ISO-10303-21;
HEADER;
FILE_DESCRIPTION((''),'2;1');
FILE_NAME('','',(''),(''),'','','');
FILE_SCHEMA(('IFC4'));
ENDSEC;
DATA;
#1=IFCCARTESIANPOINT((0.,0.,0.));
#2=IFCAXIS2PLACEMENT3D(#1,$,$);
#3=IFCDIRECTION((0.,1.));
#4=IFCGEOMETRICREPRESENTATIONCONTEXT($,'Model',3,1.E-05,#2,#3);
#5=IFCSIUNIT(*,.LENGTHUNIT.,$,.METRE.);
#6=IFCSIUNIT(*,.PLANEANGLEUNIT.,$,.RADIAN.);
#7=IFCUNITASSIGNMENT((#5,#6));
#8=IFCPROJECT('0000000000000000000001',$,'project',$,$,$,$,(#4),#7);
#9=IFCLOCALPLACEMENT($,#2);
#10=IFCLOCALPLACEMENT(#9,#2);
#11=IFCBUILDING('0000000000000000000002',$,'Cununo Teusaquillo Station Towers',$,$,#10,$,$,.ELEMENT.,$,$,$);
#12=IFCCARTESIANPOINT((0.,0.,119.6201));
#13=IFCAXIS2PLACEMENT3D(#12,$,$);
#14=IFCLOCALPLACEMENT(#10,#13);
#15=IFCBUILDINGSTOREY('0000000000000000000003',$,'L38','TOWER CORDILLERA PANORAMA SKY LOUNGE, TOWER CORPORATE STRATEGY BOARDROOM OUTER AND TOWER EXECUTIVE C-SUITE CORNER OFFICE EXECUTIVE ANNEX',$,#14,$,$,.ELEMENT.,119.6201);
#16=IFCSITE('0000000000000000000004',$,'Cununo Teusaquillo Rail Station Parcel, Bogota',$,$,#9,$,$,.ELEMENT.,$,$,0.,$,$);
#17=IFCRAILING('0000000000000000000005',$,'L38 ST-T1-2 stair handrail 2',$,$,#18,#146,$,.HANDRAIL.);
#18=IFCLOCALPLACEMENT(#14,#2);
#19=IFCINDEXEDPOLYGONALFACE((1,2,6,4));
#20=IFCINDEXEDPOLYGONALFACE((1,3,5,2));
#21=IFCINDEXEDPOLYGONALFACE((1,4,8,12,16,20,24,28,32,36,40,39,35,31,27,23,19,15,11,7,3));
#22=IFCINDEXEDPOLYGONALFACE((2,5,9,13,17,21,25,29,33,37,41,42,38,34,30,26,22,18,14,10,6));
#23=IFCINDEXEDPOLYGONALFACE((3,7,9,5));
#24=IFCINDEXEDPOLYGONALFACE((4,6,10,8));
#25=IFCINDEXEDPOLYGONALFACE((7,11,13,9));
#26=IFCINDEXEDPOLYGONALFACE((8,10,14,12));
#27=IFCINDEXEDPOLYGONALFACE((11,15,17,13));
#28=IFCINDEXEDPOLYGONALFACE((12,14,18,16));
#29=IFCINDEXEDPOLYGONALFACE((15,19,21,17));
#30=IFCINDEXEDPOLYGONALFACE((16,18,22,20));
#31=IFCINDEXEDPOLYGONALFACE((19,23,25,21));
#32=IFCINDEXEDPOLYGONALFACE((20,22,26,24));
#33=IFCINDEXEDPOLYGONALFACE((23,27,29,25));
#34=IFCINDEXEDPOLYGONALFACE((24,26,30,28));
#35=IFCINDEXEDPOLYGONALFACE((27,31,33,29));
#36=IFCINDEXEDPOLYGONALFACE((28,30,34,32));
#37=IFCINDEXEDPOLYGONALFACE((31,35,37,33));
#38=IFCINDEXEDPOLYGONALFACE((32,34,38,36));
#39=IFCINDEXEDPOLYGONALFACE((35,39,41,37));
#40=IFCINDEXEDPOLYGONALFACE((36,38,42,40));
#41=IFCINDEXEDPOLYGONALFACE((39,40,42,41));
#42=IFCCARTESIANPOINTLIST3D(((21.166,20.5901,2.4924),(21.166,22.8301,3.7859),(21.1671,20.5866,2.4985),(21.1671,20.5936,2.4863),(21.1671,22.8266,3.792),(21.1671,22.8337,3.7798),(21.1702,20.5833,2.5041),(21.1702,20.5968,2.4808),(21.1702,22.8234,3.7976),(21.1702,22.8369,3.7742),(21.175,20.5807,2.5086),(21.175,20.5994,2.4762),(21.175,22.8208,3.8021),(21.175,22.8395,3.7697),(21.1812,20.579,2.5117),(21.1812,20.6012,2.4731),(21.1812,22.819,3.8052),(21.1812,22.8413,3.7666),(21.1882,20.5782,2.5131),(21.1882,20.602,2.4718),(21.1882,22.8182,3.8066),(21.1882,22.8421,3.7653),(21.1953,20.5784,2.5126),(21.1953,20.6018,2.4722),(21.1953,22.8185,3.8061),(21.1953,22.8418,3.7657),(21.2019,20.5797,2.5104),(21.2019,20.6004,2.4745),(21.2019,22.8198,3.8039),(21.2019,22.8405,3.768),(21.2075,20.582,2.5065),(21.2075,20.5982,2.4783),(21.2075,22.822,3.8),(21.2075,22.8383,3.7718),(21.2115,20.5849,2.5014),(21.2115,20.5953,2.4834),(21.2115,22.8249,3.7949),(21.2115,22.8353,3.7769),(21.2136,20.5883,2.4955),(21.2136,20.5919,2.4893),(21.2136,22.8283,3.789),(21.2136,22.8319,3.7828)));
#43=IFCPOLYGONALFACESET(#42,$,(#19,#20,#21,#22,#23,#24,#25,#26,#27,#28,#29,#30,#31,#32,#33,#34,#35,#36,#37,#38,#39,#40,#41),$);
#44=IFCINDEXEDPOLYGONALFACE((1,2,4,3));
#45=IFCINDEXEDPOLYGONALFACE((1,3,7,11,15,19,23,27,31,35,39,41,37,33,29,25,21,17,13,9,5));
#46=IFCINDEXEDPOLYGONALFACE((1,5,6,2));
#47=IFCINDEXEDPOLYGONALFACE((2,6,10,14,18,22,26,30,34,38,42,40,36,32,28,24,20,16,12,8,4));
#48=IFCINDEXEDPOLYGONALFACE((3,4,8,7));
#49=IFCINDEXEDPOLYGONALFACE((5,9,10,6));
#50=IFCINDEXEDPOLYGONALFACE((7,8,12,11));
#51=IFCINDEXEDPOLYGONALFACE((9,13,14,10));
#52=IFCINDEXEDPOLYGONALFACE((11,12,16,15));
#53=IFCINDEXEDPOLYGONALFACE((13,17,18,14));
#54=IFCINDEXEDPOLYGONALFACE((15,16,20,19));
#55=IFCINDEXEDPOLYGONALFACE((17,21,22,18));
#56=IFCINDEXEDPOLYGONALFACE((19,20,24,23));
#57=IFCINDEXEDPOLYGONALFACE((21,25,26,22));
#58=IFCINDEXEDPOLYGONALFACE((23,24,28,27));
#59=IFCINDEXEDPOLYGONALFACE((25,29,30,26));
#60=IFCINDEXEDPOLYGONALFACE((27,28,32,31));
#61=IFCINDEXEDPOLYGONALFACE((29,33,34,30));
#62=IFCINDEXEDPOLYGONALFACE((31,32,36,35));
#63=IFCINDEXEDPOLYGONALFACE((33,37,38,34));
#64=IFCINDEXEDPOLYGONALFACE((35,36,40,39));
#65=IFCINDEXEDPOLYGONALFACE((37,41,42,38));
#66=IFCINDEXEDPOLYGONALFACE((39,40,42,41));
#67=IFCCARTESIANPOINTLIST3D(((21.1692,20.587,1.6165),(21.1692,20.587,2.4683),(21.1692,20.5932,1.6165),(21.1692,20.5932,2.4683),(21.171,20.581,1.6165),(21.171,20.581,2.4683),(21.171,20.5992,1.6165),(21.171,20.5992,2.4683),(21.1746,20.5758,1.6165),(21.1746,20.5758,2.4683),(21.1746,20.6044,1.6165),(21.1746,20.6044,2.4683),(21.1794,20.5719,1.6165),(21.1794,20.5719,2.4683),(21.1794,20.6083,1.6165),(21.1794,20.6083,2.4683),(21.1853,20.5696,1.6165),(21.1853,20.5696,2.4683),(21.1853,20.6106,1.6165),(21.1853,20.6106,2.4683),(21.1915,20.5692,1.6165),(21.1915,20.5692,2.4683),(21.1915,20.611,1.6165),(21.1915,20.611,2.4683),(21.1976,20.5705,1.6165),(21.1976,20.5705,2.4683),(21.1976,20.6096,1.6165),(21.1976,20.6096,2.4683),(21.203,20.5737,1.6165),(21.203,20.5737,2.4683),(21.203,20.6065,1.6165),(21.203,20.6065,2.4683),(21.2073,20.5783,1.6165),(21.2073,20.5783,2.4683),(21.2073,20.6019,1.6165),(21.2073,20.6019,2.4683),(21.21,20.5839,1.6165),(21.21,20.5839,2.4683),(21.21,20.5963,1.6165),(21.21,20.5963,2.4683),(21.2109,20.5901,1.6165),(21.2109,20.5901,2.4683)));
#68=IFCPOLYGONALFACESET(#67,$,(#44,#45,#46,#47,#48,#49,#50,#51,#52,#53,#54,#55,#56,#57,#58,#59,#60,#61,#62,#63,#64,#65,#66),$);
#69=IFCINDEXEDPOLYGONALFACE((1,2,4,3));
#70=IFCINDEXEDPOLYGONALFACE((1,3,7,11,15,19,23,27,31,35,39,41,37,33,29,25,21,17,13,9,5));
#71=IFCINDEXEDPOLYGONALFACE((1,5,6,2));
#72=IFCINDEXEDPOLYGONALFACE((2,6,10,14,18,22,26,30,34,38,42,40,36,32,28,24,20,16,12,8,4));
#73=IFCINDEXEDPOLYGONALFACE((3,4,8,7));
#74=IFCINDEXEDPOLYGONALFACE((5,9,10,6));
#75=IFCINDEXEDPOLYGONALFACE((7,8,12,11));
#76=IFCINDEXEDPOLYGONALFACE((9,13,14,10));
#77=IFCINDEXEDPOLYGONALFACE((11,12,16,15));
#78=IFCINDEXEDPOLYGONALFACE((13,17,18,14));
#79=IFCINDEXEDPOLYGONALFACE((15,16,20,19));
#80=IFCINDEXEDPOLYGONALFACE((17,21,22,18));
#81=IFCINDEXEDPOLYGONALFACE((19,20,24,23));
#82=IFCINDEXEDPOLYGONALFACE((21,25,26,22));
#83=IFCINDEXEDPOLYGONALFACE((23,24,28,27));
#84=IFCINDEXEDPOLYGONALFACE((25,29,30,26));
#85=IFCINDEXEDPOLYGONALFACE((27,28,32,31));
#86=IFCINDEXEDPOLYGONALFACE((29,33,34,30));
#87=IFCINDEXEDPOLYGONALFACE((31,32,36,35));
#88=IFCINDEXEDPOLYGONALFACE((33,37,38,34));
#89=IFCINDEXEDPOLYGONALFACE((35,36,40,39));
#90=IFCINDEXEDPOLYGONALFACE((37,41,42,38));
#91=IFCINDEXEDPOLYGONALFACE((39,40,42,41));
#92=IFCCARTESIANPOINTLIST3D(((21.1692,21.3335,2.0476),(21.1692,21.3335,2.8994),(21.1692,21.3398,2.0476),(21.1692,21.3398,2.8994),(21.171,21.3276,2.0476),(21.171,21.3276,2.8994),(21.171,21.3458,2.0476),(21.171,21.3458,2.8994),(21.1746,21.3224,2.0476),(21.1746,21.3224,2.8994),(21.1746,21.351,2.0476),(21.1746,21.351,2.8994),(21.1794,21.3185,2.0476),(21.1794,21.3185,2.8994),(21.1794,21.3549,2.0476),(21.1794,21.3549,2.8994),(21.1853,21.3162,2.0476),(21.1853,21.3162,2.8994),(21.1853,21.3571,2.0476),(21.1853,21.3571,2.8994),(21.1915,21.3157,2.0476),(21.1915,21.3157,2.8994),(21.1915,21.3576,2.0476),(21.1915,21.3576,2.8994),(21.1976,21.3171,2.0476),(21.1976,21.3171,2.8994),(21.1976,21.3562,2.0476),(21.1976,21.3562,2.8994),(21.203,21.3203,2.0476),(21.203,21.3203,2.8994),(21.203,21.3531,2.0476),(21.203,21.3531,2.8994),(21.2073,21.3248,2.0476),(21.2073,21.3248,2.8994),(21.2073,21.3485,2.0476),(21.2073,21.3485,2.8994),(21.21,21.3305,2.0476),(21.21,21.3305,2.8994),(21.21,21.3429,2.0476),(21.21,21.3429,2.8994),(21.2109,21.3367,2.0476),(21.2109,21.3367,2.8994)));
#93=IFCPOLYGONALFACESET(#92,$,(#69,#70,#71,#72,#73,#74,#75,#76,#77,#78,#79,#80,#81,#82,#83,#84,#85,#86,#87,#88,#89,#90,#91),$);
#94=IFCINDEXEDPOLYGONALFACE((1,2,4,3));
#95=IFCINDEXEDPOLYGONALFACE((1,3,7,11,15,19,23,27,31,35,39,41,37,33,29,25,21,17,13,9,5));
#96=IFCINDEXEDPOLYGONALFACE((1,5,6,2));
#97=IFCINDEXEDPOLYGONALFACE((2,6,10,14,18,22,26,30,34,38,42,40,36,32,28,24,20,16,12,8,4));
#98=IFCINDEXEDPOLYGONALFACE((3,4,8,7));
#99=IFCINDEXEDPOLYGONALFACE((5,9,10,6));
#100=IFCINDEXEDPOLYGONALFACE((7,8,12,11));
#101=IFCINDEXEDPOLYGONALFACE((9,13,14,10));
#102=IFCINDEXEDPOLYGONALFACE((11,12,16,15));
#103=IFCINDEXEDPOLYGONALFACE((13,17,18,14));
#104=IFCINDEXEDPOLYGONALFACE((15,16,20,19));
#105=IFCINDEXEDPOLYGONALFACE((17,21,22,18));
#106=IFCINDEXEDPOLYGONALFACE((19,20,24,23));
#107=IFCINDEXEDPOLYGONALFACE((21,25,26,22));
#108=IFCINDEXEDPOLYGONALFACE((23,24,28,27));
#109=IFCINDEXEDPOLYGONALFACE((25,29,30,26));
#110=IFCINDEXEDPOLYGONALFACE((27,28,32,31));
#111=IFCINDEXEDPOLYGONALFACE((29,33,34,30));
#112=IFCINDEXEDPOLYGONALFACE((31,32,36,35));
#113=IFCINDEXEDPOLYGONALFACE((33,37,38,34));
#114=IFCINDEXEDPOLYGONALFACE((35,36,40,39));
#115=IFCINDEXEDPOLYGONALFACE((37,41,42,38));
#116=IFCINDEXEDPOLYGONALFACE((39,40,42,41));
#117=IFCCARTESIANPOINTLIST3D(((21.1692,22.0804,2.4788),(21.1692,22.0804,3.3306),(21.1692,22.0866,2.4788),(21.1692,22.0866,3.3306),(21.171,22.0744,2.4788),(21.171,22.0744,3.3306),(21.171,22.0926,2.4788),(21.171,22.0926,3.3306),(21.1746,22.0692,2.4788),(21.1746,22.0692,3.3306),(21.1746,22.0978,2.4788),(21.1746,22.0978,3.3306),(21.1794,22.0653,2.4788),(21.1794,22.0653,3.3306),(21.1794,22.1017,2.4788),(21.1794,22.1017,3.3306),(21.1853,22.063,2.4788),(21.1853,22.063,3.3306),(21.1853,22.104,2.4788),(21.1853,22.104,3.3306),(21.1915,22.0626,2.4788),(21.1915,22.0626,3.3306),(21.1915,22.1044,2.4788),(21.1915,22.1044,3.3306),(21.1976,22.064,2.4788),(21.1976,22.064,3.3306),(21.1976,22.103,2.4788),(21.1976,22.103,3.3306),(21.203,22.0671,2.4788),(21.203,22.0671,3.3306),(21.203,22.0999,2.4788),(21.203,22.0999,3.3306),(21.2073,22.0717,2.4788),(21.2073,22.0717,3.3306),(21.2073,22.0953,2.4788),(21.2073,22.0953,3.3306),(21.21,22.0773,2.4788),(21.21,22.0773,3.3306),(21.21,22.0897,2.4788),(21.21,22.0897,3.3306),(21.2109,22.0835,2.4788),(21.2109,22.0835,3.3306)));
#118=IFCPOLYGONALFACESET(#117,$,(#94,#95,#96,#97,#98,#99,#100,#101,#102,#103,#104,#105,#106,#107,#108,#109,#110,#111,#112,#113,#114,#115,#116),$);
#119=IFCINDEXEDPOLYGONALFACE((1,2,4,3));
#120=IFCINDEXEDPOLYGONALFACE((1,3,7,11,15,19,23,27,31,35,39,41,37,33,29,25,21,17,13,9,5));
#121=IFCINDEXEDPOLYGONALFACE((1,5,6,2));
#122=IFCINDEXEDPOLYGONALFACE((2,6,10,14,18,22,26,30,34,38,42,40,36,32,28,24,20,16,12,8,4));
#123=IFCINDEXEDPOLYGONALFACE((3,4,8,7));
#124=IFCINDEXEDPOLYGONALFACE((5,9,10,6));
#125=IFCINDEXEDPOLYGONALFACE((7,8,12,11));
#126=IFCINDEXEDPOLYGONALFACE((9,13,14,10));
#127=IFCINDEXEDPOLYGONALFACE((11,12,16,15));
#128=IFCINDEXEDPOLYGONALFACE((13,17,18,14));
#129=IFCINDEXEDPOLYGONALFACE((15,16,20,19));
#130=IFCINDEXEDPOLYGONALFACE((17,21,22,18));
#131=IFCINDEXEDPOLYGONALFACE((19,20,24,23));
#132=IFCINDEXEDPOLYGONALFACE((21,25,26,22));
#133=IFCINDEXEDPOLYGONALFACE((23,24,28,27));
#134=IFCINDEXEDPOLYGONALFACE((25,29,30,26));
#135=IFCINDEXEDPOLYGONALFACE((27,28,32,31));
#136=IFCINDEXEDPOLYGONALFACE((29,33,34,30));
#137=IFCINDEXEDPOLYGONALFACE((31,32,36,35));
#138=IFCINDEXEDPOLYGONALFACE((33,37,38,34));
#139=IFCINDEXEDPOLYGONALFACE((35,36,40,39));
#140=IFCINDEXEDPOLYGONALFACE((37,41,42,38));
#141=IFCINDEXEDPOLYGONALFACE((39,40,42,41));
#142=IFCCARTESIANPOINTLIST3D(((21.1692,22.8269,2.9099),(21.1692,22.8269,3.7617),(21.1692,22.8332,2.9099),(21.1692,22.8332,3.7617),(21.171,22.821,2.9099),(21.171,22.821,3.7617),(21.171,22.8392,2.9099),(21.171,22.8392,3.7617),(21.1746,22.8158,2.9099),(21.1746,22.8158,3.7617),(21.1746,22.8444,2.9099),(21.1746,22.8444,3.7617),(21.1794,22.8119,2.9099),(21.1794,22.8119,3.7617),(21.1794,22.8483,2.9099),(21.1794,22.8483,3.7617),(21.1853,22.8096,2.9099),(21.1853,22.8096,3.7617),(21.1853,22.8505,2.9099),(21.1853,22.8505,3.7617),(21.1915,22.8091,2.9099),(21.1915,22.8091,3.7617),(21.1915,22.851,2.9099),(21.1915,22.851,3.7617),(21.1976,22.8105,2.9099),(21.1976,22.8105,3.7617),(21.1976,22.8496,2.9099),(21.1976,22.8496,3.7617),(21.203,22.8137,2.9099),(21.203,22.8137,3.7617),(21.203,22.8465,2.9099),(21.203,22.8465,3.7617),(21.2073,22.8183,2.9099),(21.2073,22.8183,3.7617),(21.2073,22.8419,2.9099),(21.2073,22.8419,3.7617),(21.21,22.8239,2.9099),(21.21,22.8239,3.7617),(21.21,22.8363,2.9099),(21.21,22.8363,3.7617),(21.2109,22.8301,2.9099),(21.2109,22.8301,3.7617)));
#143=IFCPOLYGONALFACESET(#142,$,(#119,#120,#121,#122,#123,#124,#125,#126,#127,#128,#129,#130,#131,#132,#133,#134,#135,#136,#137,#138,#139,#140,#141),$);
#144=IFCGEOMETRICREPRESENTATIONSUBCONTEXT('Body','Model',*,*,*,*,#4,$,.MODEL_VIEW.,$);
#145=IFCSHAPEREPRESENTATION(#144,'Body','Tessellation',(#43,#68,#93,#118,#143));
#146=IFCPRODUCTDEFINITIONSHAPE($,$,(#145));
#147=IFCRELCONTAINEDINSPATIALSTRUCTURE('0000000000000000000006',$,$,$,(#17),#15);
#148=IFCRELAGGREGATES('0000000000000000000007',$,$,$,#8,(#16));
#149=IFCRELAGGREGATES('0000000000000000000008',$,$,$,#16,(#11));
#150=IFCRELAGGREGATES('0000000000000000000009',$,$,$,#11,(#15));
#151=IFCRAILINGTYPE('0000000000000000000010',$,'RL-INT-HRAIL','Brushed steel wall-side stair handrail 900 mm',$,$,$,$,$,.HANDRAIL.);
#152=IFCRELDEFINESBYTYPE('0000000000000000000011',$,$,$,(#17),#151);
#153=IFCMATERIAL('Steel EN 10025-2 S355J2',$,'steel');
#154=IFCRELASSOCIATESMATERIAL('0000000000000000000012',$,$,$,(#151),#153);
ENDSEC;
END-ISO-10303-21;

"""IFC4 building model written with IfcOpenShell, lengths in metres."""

from ifc_helpers import new_model, si_unit, direction, frame, origin, origin_2d, place, context, subcontext, project, spatial, circle, extrude, material, type_object, element, save


model = new_model("IFC4")

# Units and contexts
model_context = context("Model", 3, precision=1e-05, world=origin(), true_north=direction((0.0, 1.0)))
body_context = subcontext(model_context, "Body", "Model", "MODEL_VIEW")
ifc_project = project(units=[si_unit("LENGTHUNIT", "METRE"), si_unit("PLANEANGLEUNIT", "RADIAN")], contexts=[model_context])

# Site, building, storey
site_placement = place(None, origin())
site = spatial("IfcSite", under=ifc_project, at=site_placement, Name="Cununo Teusaquillo Rail Station Parcel, Bogota", CompositionType="ELEMENT", RefElevation=0.0)
building_placement = place(site_placement, origin())
building = spatial("IfcBuilding", under=site, at=building_placement, Name="Cununo Teusaquillo Station Towers", CompositionType="ELEMENT")
storey_placement = place(building_placement, frame((0.0, 0.0, 119.6201)))
storey = spatial("IfcBuildingStorey", under=building, at=storey_placement, Name="L38", Description="TOWER CORDILLERA PANORAMA SKY LOUNGE, TOWER CORPORATE STRATEGY BOARDROOM OUTER AND TOWER EXECUTIVE C-SUITE CORNER OFFICE EXECUTIVE ANNEX", CompositionType="ELEMENT", Elevation=119.6201)

# Railing
ifc_material_1 = material(Name="Steel EN 10025-2 S355J2", Category="steel")
railing_type_1 = type_object("IfcRailingType", Name="RL-INT-HRAIL", Description="Brushed steel wall-side stair handrail 900 mm", PredefinedType="HANDRAIL", material=ifc_material_1)
railing_1_placement = place(storey_placement, frame((21.1899, 20.5901, 1.6165)))
element("IfcRailing", 1, at=railing_1_placement, inside=storey, type_object=railing_type_1, Name="L38 ST-T1-2 stair handrail 2", PredefinedType="HANDRAIL", context=body_context, shape_type="SweptSolid", body=[
    extrude(circle(Radius=0.0239, at=origin_2d()), frame((0.0, 0.0, 0.876), z_axis=(0.0, 0.865992, 0.500057), x_axis=(-1.0, 0.0, 0.0)), (0.0, 0.0, 1.0), 2.5867),
    extrude(circle(Radius=0.021, at=origin_2d()), origin(), (0.0, 0.0, 1.0), 0.8518),
    extrude(circle(Radius=0.021, at=origin_2d()), frame((0.0, 0.7466, 0.4312)), (0.0, 0.0, 1.0), 0.8518),
    extrude(circle(Radius=0.021, at=origin_2d()), frame((0.0, 1.4934, 0.8623)), (0.0, 0.0, 1.0), 0.8518),
    extrude(circle(Radius=0.021, at=origin_2d()), frame((0.0, 2.24, 1.2935)), (0.0, 0.0, 1.0), 0.8518),
])

save(model, "model.ifc")
